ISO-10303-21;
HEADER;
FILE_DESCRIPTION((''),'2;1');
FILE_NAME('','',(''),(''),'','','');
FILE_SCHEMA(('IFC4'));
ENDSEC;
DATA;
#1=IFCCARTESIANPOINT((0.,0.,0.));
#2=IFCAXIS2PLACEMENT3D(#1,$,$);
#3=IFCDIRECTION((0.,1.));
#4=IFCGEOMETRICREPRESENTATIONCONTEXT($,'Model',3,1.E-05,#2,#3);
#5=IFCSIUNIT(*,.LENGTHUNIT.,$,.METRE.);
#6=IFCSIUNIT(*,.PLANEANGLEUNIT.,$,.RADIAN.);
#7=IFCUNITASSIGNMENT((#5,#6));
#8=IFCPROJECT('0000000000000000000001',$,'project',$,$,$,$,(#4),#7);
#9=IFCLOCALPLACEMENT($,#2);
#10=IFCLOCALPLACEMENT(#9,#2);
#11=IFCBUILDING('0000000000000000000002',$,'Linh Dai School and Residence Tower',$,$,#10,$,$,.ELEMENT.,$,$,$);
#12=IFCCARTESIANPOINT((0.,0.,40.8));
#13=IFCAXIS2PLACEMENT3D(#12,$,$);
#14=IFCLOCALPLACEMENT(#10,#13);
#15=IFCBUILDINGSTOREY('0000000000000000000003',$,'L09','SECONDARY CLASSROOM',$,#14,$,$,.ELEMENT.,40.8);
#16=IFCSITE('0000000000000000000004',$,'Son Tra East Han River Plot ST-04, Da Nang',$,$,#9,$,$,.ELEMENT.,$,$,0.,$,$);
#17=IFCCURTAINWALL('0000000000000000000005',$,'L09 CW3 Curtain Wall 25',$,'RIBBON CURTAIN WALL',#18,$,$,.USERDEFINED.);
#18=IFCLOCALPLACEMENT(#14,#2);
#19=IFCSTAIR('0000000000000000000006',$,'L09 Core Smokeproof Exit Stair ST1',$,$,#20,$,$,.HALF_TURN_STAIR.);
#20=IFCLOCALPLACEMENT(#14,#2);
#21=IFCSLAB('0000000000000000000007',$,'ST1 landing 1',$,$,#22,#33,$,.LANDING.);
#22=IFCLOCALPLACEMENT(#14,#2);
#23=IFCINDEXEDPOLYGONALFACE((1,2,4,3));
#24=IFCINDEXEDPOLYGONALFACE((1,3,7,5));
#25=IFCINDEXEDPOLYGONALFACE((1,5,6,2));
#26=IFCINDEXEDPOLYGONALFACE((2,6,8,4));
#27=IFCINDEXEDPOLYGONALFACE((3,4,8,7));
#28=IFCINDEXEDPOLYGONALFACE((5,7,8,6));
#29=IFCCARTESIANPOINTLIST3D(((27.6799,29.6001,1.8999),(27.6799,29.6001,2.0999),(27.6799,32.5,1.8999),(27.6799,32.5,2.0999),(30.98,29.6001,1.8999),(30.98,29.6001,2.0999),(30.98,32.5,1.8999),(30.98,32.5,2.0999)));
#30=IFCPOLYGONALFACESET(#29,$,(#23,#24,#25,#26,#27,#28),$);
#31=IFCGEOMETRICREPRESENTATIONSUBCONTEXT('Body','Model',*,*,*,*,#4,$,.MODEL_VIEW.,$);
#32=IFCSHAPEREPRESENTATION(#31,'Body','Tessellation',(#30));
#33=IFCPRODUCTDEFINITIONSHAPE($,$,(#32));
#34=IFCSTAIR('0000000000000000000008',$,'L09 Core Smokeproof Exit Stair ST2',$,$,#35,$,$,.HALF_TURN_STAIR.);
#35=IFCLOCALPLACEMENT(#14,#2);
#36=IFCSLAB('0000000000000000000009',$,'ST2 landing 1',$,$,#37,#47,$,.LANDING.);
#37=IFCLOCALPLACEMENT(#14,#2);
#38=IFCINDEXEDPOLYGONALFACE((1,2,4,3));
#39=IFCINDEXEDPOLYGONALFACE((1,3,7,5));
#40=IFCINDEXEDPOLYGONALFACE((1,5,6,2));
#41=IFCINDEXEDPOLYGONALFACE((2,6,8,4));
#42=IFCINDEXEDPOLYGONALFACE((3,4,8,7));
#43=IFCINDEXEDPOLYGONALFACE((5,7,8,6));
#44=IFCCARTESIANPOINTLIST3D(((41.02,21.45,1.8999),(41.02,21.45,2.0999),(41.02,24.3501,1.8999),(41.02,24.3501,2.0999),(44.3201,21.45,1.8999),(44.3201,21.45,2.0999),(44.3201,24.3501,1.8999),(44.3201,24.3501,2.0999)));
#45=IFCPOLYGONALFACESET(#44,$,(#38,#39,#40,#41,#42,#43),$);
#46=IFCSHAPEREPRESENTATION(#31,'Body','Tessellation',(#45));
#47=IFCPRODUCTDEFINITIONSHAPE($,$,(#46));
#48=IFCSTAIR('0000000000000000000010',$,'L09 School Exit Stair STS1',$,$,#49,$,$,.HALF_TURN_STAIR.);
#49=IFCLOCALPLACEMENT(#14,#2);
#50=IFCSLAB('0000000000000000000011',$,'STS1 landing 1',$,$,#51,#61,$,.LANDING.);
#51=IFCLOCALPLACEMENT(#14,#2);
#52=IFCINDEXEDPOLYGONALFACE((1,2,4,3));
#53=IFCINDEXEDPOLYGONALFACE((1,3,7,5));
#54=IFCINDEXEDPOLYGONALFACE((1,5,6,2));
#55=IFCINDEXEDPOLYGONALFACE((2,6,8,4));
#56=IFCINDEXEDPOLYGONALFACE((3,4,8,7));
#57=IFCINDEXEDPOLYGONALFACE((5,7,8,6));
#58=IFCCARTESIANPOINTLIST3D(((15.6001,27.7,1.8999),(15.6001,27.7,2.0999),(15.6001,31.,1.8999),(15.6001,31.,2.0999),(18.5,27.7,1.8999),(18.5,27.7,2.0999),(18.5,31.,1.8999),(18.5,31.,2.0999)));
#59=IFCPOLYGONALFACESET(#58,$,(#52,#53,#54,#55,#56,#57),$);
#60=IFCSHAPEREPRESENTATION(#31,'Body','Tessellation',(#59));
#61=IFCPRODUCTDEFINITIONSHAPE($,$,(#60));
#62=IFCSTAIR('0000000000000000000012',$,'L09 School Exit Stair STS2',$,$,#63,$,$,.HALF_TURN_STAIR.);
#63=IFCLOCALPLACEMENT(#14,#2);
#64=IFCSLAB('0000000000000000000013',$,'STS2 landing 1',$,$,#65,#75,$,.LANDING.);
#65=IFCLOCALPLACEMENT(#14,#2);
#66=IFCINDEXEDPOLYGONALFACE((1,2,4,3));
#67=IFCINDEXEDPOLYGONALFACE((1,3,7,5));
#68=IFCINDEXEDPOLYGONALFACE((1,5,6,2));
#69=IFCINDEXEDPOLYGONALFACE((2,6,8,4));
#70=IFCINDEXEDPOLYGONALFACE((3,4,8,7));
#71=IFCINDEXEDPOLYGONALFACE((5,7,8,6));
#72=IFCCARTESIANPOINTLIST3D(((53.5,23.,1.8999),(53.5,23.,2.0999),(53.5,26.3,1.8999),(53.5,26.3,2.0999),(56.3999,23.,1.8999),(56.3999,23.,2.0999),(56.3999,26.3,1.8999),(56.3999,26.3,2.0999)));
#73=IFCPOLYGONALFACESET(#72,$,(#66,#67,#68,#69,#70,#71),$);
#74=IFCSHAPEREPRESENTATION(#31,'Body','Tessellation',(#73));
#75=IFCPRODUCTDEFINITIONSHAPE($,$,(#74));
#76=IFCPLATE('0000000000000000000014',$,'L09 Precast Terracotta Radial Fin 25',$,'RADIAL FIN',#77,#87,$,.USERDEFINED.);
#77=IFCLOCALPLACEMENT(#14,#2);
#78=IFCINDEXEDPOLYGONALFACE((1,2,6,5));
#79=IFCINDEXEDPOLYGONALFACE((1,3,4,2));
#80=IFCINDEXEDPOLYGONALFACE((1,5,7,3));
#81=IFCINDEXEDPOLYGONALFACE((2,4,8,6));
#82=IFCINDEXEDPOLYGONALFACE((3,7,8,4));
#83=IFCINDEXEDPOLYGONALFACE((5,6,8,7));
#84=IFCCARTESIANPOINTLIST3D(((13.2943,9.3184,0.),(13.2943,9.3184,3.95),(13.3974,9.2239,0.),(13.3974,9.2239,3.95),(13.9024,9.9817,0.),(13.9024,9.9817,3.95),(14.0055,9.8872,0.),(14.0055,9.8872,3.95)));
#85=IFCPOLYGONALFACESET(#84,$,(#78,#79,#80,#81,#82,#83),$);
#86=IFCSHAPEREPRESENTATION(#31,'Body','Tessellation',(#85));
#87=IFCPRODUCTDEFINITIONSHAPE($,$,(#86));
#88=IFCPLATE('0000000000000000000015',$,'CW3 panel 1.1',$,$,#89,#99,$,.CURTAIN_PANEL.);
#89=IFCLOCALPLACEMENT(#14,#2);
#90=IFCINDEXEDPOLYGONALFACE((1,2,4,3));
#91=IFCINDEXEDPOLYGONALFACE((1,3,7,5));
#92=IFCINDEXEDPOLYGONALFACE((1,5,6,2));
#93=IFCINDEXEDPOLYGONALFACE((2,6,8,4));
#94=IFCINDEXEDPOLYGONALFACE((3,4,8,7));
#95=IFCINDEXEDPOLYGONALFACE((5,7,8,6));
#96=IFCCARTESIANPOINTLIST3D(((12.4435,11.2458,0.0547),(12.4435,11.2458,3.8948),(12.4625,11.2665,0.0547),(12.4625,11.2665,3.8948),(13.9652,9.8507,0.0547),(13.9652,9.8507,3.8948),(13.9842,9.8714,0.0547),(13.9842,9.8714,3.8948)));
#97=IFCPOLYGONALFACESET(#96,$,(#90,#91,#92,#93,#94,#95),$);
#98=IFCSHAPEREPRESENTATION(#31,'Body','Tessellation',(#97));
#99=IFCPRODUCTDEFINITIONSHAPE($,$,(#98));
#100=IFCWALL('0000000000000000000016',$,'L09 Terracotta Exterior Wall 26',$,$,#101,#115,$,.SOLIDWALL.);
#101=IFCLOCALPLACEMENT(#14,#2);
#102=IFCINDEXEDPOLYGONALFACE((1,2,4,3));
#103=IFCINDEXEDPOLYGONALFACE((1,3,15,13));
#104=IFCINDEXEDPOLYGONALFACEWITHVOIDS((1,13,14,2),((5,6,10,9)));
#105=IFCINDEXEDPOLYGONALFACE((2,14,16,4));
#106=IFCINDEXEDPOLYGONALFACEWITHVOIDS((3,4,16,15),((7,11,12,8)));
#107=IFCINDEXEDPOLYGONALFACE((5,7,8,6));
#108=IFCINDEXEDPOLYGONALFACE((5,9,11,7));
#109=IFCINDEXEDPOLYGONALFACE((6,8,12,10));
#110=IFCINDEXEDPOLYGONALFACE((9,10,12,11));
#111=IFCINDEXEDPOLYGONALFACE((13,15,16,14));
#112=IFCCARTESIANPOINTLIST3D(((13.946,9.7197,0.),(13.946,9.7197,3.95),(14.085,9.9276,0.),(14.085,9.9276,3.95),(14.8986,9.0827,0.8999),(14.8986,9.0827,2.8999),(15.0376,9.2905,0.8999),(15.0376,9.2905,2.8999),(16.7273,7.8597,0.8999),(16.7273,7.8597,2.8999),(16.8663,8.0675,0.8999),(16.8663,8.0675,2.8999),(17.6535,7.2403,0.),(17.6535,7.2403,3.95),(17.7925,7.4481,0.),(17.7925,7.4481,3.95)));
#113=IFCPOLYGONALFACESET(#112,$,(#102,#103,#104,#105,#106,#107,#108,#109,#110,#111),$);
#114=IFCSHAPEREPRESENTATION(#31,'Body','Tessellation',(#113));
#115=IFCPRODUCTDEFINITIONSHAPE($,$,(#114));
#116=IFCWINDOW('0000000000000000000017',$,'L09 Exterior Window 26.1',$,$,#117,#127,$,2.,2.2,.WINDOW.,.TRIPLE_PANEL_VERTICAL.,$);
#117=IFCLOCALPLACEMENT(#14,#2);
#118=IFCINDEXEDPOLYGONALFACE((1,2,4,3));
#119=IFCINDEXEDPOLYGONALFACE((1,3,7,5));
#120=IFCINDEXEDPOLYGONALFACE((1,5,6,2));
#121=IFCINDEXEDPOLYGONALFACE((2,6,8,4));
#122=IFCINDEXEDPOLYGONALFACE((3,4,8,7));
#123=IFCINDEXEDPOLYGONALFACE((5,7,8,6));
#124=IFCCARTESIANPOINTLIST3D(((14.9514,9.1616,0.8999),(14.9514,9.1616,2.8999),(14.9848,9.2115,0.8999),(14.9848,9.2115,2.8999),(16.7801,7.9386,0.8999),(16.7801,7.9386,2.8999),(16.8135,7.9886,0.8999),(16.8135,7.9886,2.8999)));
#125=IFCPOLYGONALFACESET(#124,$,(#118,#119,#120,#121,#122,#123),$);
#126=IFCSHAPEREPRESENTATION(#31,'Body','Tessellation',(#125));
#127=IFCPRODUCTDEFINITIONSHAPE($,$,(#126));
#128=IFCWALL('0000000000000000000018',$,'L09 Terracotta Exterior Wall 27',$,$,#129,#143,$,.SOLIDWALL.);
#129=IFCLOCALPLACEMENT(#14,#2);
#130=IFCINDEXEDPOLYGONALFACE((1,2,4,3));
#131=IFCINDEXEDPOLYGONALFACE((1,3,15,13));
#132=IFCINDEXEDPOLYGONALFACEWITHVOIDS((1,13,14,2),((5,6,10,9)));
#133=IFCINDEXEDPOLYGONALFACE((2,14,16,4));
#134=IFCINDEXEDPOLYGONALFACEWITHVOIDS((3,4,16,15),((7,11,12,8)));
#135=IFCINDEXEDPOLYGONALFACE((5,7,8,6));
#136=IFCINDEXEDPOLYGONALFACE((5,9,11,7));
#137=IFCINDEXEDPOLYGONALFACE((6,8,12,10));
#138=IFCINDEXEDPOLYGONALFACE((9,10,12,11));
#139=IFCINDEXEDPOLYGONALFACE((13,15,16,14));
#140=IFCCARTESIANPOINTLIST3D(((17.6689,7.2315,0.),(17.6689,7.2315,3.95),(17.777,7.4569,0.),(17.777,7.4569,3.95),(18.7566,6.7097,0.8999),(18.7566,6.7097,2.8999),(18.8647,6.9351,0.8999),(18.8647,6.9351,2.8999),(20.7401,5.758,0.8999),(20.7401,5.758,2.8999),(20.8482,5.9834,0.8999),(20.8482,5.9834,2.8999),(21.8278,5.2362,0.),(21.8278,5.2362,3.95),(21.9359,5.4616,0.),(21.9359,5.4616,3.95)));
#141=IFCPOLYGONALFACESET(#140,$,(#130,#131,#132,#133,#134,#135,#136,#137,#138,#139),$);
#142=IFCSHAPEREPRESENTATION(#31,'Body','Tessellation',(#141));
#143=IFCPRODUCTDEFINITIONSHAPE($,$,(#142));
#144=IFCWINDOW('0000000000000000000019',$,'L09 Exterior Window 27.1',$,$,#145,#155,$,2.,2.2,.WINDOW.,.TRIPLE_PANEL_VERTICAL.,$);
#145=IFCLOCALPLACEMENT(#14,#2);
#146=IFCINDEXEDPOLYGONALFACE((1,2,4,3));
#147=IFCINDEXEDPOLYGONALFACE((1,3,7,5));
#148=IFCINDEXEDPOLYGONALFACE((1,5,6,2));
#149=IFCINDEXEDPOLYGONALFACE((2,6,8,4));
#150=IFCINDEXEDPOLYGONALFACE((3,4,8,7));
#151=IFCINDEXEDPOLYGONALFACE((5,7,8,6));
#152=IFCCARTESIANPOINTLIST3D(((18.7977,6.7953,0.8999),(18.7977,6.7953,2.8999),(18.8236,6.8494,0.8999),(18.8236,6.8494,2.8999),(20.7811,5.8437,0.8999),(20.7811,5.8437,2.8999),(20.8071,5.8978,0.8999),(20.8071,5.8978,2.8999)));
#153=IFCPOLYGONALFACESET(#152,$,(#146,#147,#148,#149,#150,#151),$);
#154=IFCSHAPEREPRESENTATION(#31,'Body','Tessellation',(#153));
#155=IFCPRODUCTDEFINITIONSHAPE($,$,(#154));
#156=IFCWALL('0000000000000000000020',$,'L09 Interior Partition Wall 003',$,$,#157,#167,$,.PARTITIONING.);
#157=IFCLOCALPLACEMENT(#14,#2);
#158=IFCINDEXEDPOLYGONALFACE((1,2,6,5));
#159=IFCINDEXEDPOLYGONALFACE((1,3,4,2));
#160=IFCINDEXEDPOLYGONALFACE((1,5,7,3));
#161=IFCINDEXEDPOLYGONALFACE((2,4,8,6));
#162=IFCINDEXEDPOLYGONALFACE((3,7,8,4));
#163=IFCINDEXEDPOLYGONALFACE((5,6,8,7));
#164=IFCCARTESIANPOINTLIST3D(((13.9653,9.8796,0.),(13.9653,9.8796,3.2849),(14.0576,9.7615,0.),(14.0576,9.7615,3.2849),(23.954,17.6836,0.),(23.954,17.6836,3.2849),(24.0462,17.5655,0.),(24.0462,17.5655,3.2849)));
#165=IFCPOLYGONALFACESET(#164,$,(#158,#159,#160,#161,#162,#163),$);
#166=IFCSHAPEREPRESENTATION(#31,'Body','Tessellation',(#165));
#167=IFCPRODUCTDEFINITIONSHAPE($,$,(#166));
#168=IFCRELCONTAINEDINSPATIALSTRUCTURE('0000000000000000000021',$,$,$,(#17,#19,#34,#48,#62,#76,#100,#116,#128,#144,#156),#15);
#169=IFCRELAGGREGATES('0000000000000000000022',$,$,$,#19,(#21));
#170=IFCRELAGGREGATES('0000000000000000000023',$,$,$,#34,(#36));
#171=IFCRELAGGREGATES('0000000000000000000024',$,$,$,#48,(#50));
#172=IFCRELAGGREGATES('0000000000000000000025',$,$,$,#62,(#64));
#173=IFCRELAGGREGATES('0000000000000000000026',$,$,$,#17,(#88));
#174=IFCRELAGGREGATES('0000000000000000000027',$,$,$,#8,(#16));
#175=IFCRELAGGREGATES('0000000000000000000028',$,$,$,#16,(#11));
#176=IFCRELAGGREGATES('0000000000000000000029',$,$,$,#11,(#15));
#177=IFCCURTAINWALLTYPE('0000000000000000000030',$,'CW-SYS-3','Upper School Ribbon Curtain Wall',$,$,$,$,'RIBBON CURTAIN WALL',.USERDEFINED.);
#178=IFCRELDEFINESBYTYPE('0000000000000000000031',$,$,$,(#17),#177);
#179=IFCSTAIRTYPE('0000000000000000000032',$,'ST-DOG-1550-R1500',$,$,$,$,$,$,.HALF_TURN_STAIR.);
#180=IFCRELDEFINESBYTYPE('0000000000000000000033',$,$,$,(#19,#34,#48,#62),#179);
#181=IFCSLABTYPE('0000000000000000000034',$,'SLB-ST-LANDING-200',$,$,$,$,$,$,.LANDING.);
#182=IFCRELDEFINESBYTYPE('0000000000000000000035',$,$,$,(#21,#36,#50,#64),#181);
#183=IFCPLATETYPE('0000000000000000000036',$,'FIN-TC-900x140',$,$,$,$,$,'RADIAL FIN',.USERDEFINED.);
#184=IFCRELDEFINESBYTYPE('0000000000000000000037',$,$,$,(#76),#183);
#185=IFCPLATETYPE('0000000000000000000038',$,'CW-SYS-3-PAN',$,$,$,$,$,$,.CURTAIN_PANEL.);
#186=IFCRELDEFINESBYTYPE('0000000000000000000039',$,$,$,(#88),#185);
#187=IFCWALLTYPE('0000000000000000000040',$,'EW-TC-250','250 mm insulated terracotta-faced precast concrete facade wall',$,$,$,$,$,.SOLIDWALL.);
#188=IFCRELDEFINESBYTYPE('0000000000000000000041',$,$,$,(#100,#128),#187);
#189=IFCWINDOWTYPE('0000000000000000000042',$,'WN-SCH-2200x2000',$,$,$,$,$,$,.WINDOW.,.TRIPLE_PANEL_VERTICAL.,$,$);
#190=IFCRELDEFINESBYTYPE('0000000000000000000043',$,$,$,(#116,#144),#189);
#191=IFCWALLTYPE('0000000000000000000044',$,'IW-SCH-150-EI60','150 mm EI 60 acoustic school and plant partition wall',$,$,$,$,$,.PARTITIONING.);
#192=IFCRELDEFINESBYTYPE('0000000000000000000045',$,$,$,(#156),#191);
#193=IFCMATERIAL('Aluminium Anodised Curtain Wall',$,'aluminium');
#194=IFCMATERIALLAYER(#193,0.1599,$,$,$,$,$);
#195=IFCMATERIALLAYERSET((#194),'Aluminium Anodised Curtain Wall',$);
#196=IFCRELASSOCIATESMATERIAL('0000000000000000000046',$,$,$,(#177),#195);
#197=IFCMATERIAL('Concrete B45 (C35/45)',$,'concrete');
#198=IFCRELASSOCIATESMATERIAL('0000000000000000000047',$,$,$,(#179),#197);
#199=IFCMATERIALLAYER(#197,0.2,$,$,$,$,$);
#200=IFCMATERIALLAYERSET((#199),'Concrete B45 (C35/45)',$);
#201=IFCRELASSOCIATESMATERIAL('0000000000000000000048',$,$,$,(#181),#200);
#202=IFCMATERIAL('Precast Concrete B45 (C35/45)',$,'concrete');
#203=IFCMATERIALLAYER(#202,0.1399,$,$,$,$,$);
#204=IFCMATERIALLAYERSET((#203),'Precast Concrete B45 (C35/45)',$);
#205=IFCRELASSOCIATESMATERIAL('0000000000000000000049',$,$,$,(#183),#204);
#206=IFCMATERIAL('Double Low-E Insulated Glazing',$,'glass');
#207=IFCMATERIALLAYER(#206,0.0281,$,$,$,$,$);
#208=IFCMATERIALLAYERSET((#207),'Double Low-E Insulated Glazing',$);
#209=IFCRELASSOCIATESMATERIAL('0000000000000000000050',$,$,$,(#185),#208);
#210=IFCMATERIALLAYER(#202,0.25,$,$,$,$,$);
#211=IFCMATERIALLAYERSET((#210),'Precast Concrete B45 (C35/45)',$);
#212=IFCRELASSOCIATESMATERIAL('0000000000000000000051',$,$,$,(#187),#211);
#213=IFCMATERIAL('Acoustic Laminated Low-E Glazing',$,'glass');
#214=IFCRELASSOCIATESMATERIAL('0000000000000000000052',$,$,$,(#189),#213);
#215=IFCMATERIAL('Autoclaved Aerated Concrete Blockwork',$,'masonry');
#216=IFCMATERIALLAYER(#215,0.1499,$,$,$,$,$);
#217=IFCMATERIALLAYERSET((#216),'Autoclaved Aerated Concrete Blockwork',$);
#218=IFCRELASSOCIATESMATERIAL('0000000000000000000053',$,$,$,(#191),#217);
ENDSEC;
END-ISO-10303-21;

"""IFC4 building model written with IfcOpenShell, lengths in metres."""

from ifc_helpers import new_model, si_unit, direction, frame, frame_2d, origin, origin_2d, place, context, subcontext, project, spatial, polyline, rectangle, outline, extrude, source, transform, mapped, material, layer, layer_set, type_object, element, fill, aggregate, save


model = new_model("IFC4")

# Units and contexts
model_context = context("Model", 3, precision=1e-05, world=origin(), true_north=direction((0.0, 1.0)))
body_context = subcontext(model_context, "Body", "Model", "MODEL_VIEW")
ifc_project = project(units=[si_unit("LENGTHUNIT", "METRE"), si_unit("PLANEANGLEUNIT", "RADIAN")], contexts=[model_context])

# Site, building, storey
site_placement = place(None, origin())
site = spatial("IfcSite", under=ifc_project, at=site_placement, Name="Son Tra East Han River Plot ST-04, Da Nang", CompositionType="ELEMENT", RefElevation=0.0)
building_placement = place(site_placement, origin())
building = spatial("IfcBuilding", under=site, at=building_placement, Name="Linh Dai School and Residence Tower", CompositionType="ELEMENT")
storey_placement = place(building_placement, frame((0.0, 0.0, 40.8)))
storey = spatial("IfcBuildingStorey", under=building, at=storey_placement, Name="L09", Description="SECONDARY CLASSROOM", CompositionType="ELEMENT", Elevation=40.8)

# Curtain wall
ifc_material_1 = material(Name="Aluminium Anodised Curtain Wall", Category="aluminium")
ifc_layer_1 = layer(ifc_material_1, 0.1599)
ifc_layer_set_1 = layer_set([ifc_layer_1], Name="Aluminium Anodised Curtain Wall")
curtain_wall_type = type_object("IfcCurtainWallType", Name="CW-SYS-3", Description="Upper School Ribbon Curtain Wall", ElementType="RIBBON CURTAIN WALL", PredefinedType="USERDEFINED", material=ifc_layer_set_1)
curtain_wall_placement = place(storey_placement, origin())
curtain_wall = element("IfcCurtainWall", 1, at=curtain_wall_placement, inside=storey, type_object=curtain_wall_type, Name="L09 CW3 Curtain Wall 25", ObjectType="RIBBON CURTAIN WALL", PredefinedType="USERDEFINED")

# Shared definitions
ifc_material_2 = material(Name="Concrete B45 (C35/45)", Category="concrete")

# Stairs, slabs
stair_type = type_object("IfcStairType", Name="ST-DOG-1550-R1500", PredefinedType="HALF_TURN_STAIR", material=ifc_material_2)
stair_1_placement = place(storey_placement, origin())
stair_1 = element("IfcStair", 2, at=stair_1_placement, inside=storey, type_object=stair_type, Name="L09 Core Smokeproof Exit Stair ST1", PredefinedType="HALF_TURN_STAIR")
ifc_layer_2 = layer(ifc_material_2, 0.2)
ifc_layer_set_2 = layer_set([ifc_layer_2], Name="Concrete B45 (C35/45)")
slab_type_1 = type_object("IfcSlabType", Name="SLB-ST-LANDING-200", PredefinedType="LANDING", material=ifc_layer_set_2)
slab_1_placement = place(storey_placement, frame((0.0, 0.0, 1.8999)))
slab_1 = element("IfcSlab", 3, at=slab_1_placement, type_object=slab_type_1, Name="ST1 landing 1", PredefinedType="LANDING", context=body_context, shape_type="SweptSolid", body=[
    extrude(outline(polyline([(30.98, 29.6001), (30.98, 32.5), (27.6799, 32.5), (27.6799, 29.6001), (30.98, 29.6001)])), origin(), (0.0, 0.0, 1.0), 0.2),
])
aggregate(stair_1, [slab_1])
stair_2_placement = place(storey_placement, origin())
stair_2 = element("IfcStair", 4, at=stair_2_placement, inside=storey, type_object=stair_type, Name="L09 Core Smokeproof Exit Stair ST2", PredefinedType="HALF_TURN_STAIR")
slab_2_placement = place(storey_placement, frame((0.0, 0.0, 1.8999)))
slab_2 = element("IfcSlab", 5, at=slab_2_placement, type_object=slab_type_1, Name="ST2 landing 1", PredefinedType="LANDING", context=body_context, shape_type="SweptSolid", body=[
    extrude(outline(polyline([(41.02, 24.3501), (41.02, 21.45), (44.3201, 21.45), (44.3201, 24.3501), (41.02, 24.3501)])), origin(), (0.0, 0.0, 1.0), 0.2),
])
aggregate(stair_2, [slab_2])
stair_3_placement = place(storey_placement, origin())
stair_3 = element("IfcStair", 6, at=stair_3_placement, inside=storey, type_object=stair_type, Name="L09 School Exit Stair STS1", PredefinedType="HALF_TURN_STAIR")
slab_3_placement = place(storey_placement, frame((0.0, 0.0, 1.8999)))
slab_3 = element("IfcSlab", 7, at=slab_3_placement, type_object=slab_type_1, Name="STS1 landing 1", PredefinedType="LANDING", context=body_context, shape_type="SweptSolid", body=[
    extrude(outline(polyline([(18.5, 31.0), (15.6001, 31.0), (15.6001, 27.7), (18.5, 27.7), (18.5, 31.0)])), origin(), (0.0, 0.0, 1.0), 0.2),
])
aggregate(stair_3, [slab_3])
stair_4_placement = place(storey_placement, origin())
stair_4 = element("IfcStair", 8, at=stair_4_placement, inside=storey, type_object=stair_type, Name="L09 School Exit Stair STS2", PredefinedType="HALF_TURN_STAIR")
slab_4_placement = place(storey_placement, frame((0.0, 0.0, 1.8999)))
slab_4 = element("IfcSlab", 9, at=slab_4_placement, type_object=slab_type_1, Name="STS2 landing 1", PredefinedType="LANDING", context=body_context, shape_type="SweptSolid", body=[
    extrude(outline(polyline([(53.5, 23.0), (56.3999, 23.0), (56.3999, 26.3), (53.5, 26.3), (53.5, 23.0)])), origin(), (0.0, 0.0, 1.0), 0.2),
])
aggregate(stair_4, [slab_4])

# Plates
ifc_material_3 = material(Name="Precast Concrete B45 (C35/45)", Category="concrete")
ifc_layer_3 = layer(ifc_material_3, 0.1399)
ifc_layer_set_3 = layer_set([ifc_layer_3], Name="Precast Concrete B45 (C35/45)")
plate_type_1 = type_object("IfcPlateType", Name="FIN-TC-900x140", ElementType="RADIAL FIN", PredefinedType="USERDEFINED", material=ifc_layer_set_3)
shared_shape_1 = source(origin(), body_context, "Body", "SweptSolid", [
    extrude(rectangle(XDim=0.8999, YDim=0.1399, at=origin_2d()), origin(), (0.0, 0.0, 1.0), 3.95),
])
plate_1_placement = place(storey_placement, frame((13.6499, 9.6028, 0.0), z_axis=(0.0, 0.0, 1.0), x_axis=(-0.675769, -0.737113, 0.0)))
element("IfcPlate", 10, at=plate_1_placement, inside=storey, type_object=plate_type_1, Name="L09 Precast Terracotta Radial Fin 25", ObjectType="RADIAL FIN", PredefinedType="USERDEFINED", context=body_context, shape_type="MappedRepresentation", body=[
    mapped(shared_shape_1, transform((0.0, 0.0, 0.0), x_axis=(1.0, 0.0, 0.0), y_axis=(0.0, 1.0, 0.0), z_axis=(0.0, 0.0, 1.0), scale=1.0)),
])
ifc_material_4 = material(Name="Double Low-E Insulated Glazing", Category="glass")
ifc_layer_4 = layer(ifc_material_4, 0.0281)
ifc_layer_set_4 = layer_set([ifc_layer_4], Name="Double Low-E Insulated Glazing")
plate_type_2 = type_object("IfcPlateType", Name="CW-SYS-3-PAN", PredefinedType="CURTAIN_PANEL", material=ifc_layer_set_4)
shared_shape_2 = source(origin(), body_context, "Body", "SweptSolid", [
    extrude(rectangle(XDim=2.0645, YDim=0.0281, at=origin_2d()), origin(), (0.0, 0.0, 1.0), 3.8401),
])
plate_2_placement = place(storey_placement, frame((13.2139, 10.5586, 0.0547), z_axis=(0.0, 0.0, 1.0), x_axis=(-0.737113, 0.675769, 0.0)))
plate_2 = element("IfcPlate", 11, at=plate_2_placement, type_object=plate_type_2, Name="CW3 panel 1.1", PredefinedType="CURTAIN_PANEL", context=body_context, shape_type="MappedRepresentation", body=[
    mapped(shared_shape_2, transform((0.0, 0.0, 0.0), x_axis=(1.0, 0.0, 0.0), y_axis=(0.0, 1.0, 0.0), z_axis=(0.0, 0.0, 1.0), scale=1.0)),
])
aggregate(curtain_wall, [plate_2])

# Walls, openings, windows
ifc_layer_5 = layer(ifc_material_3, 0.25)
ifc_layer_set_5 = layer_set([ifc_layer_5], Name="Precast Concrete B45 (C35/45)")
wall_type_1 = type_object("IfcWallType", Name="EW-TC-250", Description="250 mm insulated terracotta-faced precast concrete facade wall", PredefinedType="SOLIDWALL", material=ifc_layer_set_5)
wall_1_placement = place(storey_placement, frame((17.7229, 7.3442, 0.0), z_axis=(0.0, 0.0, 1.0), x_axis=(-0.831241, 0.555912, 0.0)))
wall_1 = element("IfcWall", 12, at=wall_1_placement, inside=storey, type_object=wall_type_1, Name="L09 Terracotta Exterior Wall 26", PredefinedType="SOLIDWALL", context=body_context, shape_type="SweptSolid", body=[
    extrude(rectangle(XDim=4.4602, YDim=0.25, at=frame_2d((2.23, 0.0))), origin(), (0.0, 0.0, 1.0), 3.95),
])
opening_1_placement = place(wall_1_placement, frame((1.114, 0.0, 0.8999)))
opening_1 = element("IfcOpeningElement", 13, at=opening_1_placement, cuts=wall_1, PredefinedType="OPENING", context=body_context, shape_type="SweptSolid", body=[
    extrude(rectangle(XDim=2.2, YDim=2.0, at=origin_2d()), frame((1.1001, 0.135, 1.0), z_axis=(0.0, -1.0, 0.0), x_axis=(1.0, 0.0, 0.0)), (0.0, 0.0, 1.0), 0.27),
])
ifc_material_5 = material(Name="Acoustic Laminated Low-E Glazing", Category="glass")
window_type = type_object("IfcWindowType", Name="WN-SCH-2200x2000", PartitioningType="TRIPLE_PANEL_VERTICAL", PredefinedType="WINDOW", material=ifc_material_5)
shared_shape_3 = source(origin(), body_context, "Body", "SweptSolid", [
    extrude(rectangle(XDim=2.2, YDim=2.0, at=origin_2d()), frame((1.1001, 0.03, 1.0), z_axis=(0.0, -1.0, 0.0), x_axis=(1.0, 0.0, 0.0)), (0.0, 0.0, 1.0), 0.0601),
])
window_1_placement = place(opening_1_placement, origin())
window_1 = element("IfcWindow", 14, at=window_1_placement, inside=storey, type_object=window_type, Name="L09 Exterior Window 26.1", OverallHeight=2.0, OverallWidth=2.2, PartitioningType="TRIPLE_PANEL_VERTICAL", PredefinedType="WINDOW", context=body_context, shape_type="MappedRepresentation", body=[
    mapped(shared_shape_3, transform((0.0, 0.0, 0.0), x_axis=(1.0, 0.0, 0.0), y_axis=(0.0, 1.0, 0.0), z_axis=(0.0, 0.0, 1.0), scale=1.0)),
])
fill(opening_1, window_1)
wall_2_placement = place(storey_placement, frame((21.8818, 5.3489, 0.0), z_axis=(0.0, 0.0, 1.0), x_axis=(-0.901602, 0.432568, 0.0)))
wall_2 = element("IfcWall", 15, at=wall_2_placement, inside=storey, type_object=wall_type_1, Name="L09 Terracotta Exterior Wall 27", PredefinedType="SOLIDWALL", context=body_context, shape_type="SweptSolid", body=[
    extrude(rectangle(XDim=4.6128, YDim=0.25, at=frame_2d((2.3064, 0.0))), origin(), (0.0, 0.0, 1.0), 3.95),
])
opening_2_placement = place(wall_2_placement, frame((1.2063, 0.0, 0.8999)))
opening_2 = element("IfcOpeningElement", 16, at=opening_2_placement, cuts=wall_2, PredefinedType="OPENING", context=body_context, shape_type="SweptSolid", body=[
    extrude(rectangle(XDim=2.2, YDim=2.0, at=origin_2d()), frame((1.1001, 0.135, 1.0), z_axis=(0.0, -1.0, 0.0), x_axis=(1.0, 0.0, 0.0)), (0.0, 0.0, 1.0), 0.27),
])
window_2_placement = place(opening_2_placement, origin())
window_2 = element("IfcWindow", 17, at=window_2_placement, inside=storey, type_object=window_type, Name="L09 Exterior Window 27.1", OverallHeight=2.0, OverallWidth=2.2, PartitioningType="TRIPLE_PANEL_VERTICAL", PredefinedType="WINDOW", context=body_context, shape_type="MappedRepresentation", body=[
    mapped(shared_shape_3, transform((0.0, 0.0, 0.0), x_axis=(1.0, 0.0, 0.0), y_axis=(0.0, 1.0, 0.0), z_axis=(0.0, 0.0, 1.0), scale=1.0)),
])
fill(opening_2, window_2)

# Wall
ifc_material_6 = material(Name="Autoclaved Aerated Concrete Blockwork", Category="masonry")
ifc_layer_6 = layer(ifc_material_6, 0.1499)
ifc_layer_set_6 = layer_set([ifc_layer_6], Name="Autoclaved Aerated Concrete Blockwork")
wall_type_2 = type_object("IfcWallType", Name="IW-SCH-150-EI60", Description="150 mm EI 60 acoustic school and plant partition wall", PredefinedType="PARTITIONING", material=ifc_layer_set_6)
wall_3_placement = place(storey_placement, frame((14.0115, 9.8206, 0.0), z_axis=(0.0, 0.0, 1.0), x_axis=(0.788008, 0.615665, 0.0)))
element("IfcWall", 18, at=wall_3_placement, inside=storey, type_object=wall_type_2, Name="L09 Interior Partition Wall 003", PredefinedType="PARTITIONING", context=body_context, shape_type="SweptSolid", body=[
    extrude(rectangle(XDim=12.6758, YDim=0.1499, at=frame_2d((6.3379, 0.0))), origin(), (0.0, 0.0, 1.0), 3.2849),
])

save(model, "model.ifc")
